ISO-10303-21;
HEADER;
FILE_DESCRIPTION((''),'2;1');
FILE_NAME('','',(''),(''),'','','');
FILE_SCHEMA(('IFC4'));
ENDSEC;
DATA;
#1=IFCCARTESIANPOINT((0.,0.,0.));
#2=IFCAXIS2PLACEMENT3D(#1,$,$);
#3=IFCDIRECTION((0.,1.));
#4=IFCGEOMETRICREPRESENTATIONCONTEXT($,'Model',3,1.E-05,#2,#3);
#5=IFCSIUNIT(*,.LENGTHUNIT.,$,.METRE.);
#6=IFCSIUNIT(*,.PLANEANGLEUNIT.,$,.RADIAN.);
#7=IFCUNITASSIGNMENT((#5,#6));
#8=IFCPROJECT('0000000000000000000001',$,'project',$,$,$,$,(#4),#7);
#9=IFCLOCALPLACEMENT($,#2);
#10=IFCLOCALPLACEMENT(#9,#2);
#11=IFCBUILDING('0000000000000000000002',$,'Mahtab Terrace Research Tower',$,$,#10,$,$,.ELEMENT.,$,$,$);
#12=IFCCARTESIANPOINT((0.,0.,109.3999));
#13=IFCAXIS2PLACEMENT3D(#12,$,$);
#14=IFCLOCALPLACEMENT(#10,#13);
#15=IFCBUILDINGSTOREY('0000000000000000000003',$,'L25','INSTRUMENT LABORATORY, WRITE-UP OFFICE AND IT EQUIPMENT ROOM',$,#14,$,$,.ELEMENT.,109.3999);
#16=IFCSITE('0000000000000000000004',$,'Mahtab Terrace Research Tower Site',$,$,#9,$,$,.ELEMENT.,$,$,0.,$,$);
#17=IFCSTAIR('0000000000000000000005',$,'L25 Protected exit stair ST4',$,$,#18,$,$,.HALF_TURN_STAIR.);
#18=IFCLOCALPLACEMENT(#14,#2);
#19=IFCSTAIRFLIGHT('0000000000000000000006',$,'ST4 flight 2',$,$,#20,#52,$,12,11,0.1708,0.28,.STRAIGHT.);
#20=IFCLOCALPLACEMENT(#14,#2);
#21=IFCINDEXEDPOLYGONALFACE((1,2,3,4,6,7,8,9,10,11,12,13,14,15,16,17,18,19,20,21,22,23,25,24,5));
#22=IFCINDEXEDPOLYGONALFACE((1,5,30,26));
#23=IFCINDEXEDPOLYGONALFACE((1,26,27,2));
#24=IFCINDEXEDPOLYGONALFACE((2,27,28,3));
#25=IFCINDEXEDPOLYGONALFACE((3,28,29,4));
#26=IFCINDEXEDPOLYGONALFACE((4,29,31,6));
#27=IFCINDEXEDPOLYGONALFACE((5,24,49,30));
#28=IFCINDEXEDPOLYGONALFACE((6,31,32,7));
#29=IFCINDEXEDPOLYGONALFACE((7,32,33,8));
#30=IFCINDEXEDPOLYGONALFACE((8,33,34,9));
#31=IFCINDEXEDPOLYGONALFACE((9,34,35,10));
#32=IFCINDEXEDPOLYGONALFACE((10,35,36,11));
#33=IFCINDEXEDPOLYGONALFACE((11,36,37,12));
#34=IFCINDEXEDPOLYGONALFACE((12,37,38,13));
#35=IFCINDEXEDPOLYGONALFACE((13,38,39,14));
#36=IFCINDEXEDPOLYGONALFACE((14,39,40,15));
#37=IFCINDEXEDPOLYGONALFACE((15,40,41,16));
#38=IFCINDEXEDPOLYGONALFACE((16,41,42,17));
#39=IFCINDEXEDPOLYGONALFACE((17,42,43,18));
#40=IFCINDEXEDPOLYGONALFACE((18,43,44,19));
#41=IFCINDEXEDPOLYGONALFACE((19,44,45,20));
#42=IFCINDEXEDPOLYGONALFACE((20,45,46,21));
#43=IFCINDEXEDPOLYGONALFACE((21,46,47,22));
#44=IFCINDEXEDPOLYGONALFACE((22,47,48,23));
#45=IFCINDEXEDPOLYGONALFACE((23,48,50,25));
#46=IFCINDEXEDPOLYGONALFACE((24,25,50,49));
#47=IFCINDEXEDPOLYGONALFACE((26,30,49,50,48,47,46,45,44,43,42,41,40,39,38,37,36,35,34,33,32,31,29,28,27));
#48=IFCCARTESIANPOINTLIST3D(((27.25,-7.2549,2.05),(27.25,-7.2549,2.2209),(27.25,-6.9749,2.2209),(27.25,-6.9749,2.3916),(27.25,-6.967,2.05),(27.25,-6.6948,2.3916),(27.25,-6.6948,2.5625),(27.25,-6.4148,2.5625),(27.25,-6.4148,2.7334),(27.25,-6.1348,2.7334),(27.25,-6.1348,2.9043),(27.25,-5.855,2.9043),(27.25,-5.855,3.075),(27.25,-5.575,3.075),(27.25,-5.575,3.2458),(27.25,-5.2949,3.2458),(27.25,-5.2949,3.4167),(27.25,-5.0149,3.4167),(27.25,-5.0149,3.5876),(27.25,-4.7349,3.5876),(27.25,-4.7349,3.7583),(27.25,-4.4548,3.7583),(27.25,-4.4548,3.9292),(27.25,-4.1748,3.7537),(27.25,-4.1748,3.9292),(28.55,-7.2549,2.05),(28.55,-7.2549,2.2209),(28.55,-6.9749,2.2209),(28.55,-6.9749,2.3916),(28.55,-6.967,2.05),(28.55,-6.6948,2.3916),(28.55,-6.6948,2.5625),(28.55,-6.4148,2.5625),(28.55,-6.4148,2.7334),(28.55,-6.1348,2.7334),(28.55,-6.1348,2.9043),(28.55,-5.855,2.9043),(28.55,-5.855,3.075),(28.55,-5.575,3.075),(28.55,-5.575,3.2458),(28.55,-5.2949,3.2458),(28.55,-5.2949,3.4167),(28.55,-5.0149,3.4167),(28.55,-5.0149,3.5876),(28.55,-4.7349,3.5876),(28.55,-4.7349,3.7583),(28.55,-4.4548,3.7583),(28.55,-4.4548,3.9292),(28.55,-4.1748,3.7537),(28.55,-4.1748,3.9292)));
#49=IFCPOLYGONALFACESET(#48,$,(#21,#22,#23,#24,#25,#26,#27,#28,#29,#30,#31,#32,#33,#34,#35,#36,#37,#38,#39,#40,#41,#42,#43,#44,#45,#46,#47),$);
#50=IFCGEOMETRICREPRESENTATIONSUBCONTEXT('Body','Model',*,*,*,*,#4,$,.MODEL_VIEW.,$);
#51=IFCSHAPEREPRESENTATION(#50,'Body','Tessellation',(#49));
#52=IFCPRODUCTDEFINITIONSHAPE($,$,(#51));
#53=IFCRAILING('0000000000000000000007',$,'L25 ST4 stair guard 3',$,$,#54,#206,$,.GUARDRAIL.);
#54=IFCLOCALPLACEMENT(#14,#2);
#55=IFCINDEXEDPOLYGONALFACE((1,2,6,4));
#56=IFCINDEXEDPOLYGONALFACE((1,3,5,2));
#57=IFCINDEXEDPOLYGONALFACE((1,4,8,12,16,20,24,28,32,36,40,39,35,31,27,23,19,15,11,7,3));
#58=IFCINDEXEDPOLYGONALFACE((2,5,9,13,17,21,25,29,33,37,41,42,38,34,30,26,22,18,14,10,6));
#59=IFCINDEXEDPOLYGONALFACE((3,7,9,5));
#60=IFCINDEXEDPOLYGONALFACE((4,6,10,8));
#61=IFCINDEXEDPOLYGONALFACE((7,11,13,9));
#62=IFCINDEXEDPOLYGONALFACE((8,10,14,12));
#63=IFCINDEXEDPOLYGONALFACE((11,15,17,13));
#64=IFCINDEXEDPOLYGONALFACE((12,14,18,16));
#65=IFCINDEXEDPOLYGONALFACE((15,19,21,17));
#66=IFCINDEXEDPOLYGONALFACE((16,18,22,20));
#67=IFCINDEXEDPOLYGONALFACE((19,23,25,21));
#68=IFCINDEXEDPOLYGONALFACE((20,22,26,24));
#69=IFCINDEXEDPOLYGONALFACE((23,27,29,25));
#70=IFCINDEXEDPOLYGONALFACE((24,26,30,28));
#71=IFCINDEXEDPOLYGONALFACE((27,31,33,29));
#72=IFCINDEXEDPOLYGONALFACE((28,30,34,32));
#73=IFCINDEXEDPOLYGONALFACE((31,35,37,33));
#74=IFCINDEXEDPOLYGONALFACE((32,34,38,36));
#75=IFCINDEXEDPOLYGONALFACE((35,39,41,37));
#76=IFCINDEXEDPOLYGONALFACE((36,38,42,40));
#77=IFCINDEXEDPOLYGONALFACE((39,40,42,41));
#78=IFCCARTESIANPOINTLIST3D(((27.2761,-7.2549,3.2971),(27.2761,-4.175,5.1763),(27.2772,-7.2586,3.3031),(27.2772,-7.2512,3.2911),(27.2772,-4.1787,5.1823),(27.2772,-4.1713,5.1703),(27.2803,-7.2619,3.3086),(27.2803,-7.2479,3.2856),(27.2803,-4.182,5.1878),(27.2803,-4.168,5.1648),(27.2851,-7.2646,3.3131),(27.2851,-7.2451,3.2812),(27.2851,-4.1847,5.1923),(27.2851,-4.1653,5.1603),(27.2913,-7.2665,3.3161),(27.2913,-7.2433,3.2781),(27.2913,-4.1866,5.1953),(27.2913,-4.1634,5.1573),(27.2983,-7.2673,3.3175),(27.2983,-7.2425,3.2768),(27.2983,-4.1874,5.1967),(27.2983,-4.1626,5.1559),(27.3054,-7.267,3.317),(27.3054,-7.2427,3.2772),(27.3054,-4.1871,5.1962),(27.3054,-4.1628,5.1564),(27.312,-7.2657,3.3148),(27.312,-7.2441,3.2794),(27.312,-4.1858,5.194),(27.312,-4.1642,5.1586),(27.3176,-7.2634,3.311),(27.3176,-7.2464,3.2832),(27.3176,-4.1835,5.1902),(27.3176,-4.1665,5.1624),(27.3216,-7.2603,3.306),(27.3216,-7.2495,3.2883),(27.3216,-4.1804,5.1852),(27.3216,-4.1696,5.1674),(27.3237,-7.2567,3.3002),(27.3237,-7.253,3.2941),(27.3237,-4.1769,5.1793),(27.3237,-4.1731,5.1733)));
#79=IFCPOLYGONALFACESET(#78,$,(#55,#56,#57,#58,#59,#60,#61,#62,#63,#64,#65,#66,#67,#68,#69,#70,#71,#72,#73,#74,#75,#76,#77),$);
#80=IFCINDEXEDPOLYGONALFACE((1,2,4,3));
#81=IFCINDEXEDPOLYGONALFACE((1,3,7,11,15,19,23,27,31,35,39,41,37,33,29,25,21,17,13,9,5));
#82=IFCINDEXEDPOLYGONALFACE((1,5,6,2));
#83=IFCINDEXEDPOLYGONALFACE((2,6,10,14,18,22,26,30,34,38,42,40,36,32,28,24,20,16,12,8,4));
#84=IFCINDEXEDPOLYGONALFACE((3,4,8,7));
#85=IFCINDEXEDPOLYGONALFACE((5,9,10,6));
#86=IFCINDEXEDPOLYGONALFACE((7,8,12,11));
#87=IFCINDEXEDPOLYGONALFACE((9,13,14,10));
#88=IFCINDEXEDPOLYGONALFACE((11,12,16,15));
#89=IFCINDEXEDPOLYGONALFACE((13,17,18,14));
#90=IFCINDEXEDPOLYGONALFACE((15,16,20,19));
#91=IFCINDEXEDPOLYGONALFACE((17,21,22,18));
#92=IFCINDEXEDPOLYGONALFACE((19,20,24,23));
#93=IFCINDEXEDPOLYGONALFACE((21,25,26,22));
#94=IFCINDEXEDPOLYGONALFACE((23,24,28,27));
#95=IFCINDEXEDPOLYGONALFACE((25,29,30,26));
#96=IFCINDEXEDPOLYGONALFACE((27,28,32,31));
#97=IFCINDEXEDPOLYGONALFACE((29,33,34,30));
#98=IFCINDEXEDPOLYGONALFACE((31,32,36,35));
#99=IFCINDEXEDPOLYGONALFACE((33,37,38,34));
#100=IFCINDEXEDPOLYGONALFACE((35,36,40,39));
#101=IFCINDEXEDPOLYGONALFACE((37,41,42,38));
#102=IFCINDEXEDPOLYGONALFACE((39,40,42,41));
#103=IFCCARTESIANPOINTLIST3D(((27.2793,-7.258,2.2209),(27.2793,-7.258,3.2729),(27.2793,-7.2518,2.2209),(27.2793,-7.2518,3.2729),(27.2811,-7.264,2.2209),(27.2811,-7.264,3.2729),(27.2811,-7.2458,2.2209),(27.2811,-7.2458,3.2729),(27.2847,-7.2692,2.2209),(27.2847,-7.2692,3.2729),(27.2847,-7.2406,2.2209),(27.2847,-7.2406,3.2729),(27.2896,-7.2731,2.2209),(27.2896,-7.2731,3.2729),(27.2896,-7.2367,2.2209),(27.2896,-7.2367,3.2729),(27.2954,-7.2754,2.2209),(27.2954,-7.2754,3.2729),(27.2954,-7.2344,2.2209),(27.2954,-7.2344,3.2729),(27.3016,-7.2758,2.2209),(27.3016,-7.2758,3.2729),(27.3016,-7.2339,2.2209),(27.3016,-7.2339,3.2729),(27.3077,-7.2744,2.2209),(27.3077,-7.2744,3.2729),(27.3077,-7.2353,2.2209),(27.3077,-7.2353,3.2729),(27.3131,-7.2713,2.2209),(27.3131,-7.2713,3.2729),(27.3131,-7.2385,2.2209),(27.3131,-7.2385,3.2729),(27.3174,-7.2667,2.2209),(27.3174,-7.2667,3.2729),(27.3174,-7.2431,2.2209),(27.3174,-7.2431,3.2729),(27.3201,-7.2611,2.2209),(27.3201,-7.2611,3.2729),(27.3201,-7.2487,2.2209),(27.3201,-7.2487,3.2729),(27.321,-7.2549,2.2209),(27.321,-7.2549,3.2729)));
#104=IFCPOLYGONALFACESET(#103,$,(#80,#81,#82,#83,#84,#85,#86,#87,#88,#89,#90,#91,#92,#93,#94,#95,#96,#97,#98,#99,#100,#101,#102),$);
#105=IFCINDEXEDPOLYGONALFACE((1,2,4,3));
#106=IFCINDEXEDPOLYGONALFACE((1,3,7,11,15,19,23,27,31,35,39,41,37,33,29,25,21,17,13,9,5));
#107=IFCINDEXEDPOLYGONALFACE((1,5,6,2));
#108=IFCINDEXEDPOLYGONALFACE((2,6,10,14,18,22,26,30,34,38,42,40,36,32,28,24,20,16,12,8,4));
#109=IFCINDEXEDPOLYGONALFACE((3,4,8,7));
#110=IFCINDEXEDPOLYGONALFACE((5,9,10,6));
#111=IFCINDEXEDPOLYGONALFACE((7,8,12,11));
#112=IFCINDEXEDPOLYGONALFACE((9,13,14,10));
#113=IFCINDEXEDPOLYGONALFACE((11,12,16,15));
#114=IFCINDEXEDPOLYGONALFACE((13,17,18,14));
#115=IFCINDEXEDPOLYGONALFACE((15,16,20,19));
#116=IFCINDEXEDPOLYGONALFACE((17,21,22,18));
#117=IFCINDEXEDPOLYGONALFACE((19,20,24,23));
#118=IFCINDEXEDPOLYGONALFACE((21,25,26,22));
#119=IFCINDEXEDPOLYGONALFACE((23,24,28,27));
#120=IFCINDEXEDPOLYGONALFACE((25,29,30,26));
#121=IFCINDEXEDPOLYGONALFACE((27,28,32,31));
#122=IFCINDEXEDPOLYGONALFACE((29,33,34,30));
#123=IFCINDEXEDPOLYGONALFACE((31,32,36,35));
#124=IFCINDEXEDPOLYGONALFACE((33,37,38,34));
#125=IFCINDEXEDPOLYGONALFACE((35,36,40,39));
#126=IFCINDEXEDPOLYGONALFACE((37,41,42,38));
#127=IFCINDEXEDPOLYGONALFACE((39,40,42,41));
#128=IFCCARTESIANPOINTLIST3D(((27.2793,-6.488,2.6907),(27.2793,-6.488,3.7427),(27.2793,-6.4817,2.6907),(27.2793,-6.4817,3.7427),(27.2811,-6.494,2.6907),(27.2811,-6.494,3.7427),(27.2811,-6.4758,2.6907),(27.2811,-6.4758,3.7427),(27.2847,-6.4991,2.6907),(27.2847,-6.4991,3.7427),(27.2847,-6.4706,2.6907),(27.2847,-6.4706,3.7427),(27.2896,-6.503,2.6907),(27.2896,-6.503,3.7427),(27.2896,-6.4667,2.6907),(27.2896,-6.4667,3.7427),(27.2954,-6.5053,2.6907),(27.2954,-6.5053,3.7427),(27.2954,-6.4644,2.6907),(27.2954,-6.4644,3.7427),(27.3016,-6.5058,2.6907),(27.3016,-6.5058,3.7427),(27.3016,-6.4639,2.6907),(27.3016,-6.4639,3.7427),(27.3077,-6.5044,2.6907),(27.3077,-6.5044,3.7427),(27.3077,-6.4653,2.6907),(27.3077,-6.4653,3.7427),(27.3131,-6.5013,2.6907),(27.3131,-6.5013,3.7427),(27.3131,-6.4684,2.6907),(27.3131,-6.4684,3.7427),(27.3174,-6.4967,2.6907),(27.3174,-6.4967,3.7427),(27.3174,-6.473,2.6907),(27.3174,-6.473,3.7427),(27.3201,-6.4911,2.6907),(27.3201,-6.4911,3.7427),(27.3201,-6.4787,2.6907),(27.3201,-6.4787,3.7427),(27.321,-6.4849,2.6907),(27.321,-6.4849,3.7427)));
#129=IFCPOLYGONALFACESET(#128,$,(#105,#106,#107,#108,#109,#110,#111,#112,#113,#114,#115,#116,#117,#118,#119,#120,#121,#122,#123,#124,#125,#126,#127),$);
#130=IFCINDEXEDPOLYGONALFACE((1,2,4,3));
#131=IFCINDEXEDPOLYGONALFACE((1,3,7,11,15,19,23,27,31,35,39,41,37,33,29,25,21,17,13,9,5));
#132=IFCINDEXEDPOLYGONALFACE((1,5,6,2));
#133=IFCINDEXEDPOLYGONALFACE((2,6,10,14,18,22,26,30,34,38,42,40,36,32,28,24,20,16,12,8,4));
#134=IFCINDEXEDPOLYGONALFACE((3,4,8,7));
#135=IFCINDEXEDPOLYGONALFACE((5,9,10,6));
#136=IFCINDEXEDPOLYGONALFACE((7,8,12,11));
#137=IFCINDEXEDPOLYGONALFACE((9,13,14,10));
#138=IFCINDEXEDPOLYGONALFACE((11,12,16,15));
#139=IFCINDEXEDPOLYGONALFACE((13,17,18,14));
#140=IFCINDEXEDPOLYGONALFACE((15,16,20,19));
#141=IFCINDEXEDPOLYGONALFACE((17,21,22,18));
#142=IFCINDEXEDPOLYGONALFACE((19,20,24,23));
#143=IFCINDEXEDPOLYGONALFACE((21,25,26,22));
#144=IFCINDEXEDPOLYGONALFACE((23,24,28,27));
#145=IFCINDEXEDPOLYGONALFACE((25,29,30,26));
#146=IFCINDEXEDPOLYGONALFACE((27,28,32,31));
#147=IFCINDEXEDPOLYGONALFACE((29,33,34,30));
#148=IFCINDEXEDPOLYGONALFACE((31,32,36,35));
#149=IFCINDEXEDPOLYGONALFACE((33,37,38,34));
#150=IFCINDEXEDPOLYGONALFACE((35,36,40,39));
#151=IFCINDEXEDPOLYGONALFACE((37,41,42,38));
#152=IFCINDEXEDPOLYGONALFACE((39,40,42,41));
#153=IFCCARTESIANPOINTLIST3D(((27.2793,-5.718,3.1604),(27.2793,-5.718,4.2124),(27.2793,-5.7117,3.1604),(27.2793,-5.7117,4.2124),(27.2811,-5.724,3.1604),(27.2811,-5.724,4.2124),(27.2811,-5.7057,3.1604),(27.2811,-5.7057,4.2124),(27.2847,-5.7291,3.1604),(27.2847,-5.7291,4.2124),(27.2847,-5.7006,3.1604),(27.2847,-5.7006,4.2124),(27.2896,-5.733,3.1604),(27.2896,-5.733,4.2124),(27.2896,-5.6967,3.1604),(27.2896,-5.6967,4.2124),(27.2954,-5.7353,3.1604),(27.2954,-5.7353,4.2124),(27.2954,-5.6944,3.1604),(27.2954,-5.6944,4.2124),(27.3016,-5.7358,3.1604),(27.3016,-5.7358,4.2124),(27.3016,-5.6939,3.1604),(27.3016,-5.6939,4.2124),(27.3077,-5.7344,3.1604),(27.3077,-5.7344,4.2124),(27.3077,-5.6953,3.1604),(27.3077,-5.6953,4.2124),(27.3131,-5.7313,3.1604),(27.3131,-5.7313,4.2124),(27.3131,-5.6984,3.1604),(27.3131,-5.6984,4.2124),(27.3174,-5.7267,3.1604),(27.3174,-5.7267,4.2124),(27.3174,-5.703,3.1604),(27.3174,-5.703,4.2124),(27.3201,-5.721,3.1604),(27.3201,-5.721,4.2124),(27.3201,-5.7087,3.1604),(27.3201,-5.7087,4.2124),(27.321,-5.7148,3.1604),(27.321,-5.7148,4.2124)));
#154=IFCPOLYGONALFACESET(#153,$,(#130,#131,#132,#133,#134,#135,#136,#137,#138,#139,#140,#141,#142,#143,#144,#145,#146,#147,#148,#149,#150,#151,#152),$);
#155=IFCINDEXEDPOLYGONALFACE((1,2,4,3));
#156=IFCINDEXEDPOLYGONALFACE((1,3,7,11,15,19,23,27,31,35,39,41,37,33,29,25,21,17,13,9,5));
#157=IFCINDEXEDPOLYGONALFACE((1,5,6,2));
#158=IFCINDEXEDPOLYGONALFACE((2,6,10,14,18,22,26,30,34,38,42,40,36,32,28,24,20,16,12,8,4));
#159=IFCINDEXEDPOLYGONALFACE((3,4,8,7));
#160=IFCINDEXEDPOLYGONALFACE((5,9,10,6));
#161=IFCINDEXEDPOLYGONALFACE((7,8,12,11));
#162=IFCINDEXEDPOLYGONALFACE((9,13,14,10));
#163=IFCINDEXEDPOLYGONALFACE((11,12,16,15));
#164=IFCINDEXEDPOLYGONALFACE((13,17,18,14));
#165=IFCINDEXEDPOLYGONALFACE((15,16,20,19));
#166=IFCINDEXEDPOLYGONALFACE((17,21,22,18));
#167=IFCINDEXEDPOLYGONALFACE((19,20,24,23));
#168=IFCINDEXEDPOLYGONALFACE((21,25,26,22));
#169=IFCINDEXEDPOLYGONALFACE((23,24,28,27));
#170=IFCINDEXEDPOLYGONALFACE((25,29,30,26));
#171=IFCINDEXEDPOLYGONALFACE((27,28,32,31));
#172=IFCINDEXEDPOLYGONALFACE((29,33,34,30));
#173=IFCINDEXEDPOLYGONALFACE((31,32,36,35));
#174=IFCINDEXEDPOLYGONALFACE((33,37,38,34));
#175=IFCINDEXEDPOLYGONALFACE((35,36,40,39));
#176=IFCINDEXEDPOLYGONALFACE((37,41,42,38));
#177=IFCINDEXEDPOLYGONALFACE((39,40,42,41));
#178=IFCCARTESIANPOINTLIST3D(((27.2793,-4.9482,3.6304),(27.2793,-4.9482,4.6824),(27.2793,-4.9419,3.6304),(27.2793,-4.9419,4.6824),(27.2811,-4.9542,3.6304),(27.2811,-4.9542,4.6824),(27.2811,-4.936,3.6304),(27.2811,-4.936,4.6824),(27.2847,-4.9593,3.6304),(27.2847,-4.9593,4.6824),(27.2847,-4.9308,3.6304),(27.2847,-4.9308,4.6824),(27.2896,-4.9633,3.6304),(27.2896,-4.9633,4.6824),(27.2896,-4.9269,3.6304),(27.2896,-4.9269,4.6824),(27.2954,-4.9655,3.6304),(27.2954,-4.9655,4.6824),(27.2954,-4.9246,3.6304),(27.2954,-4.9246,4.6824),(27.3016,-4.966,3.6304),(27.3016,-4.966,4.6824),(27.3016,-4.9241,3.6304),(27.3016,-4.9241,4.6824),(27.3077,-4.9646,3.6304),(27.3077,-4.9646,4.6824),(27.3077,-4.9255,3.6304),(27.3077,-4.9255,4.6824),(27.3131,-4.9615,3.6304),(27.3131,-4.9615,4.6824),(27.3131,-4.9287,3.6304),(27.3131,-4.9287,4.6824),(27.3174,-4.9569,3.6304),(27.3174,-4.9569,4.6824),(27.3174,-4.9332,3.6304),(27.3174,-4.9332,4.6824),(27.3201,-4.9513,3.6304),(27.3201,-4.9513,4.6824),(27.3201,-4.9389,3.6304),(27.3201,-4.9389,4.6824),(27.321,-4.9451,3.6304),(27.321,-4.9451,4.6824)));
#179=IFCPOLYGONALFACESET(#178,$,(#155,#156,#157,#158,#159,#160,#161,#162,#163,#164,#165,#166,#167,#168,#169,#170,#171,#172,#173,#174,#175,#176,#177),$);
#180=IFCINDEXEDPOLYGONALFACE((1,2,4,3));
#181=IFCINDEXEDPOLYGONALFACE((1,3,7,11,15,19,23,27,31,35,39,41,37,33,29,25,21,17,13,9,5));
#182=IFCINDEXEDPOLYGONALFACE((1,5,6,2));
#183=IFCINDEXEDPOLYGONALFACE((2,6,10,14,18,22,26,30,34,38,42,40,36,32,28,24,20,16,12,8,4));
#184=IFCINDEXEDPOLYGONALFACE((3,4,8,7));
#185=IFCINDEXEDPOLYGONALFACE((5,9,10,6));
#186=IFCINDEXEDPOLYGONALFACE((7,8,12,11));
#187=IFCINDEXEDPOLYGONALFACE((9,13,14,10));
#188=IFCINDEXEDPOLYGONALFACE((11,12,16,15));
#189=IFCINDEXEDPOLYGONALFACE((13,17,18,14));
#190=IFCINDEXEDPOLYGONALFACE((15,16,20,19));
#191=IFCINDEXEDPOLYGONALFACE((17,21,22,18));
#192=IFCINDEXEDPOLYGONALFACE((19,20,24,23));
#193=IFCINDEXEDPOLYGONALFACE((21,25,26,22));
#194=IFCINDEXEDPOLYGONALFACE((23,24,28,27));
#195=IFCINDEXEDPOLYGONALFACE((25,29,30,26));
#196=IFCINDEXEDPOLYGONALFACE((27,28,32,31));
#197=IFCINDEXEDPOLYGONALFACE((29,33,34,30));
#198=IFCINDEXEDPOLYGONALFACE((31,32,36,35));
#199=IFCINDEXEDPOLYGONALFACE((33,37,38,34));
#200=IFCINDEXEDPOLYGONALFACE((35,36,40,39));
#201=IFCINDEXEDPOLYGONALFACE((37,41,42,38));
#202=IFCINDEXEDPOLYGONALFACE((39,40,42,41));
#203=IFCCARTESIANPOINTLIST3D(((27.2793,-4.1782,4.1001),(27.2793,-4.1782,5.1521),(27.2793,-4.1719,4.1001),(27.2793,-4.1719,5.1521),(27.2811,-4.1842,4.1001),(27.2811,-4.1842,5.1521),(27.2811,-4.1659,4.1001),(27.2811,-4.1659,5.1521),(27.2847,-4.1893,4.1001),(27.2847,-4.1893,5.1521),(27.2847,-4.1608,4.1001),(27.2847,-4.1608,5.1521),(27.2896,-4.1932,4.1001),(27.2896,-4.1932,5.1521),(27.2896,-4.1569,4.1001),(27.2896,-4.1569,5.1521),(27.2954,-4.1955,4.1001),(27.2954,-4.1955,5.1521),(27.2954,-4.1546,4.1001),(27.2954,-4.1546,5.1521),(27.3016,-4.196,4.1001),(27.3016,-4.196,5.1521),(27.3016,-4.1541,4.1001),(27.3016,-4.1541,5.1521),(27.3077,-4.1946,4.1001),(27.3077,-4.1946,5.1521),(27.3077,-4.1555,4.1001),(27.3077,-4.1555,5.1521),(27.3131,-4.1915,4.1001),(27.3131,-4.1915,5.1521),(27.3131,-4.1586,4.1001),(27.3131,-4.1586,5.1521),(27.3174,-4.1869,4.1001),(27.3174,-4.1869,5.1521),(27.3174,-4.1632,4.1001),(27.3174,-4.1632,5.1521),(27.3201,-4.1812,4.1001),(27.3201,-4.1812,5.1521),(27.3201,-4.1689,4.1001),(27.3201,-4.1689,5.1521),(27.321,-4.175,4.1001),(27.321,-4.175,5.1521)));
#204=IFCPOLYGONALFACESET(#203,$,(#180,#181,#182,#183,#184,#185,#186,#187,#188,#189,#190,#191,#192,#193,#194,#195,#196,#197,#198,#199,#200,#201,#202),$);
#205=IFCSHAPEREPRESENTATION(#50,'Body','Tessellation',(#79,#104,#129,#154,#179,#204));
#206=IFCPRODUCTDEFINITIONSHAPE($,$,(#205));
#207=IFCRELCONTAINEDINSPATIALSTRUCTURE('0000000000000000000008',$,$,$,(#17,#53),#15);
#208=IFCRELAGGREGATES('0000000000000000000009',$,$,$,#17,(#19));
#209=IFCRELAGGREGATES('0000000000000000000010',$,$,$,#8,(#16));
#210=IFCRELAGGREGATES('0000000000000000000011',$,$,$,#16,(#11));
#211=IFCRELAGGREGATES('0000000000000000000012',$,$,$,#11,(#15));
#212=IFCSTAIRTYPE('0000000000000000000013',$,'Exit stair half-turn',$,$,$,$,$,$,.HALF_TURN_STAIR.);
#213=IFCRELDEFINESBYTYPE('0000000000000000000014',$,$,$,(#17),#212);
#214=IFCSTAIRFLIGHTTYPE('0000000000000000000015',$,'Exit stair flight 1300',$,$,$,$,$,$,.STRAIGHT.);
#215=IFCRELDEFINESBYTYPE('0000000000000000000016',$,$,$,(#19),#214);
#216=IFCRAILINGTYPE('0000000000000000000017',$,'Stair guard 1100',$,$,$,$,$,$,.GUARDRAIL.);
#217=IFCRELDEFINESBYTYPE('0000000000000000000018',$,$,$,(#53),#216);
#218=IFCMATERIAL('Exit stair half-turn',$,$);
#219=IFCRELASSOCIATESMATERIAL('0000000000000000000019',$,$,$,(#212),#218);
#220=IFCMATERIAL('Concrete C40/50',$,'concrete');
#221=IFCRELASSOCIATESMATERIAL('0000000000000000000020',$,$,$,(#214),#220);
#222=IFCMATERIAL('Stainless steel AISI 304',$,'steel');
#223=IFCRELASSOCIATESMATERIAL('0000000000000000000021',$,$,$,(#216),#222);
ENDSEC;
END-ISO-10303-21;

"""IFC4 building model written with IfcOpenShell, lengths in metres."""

from ifc_helpers import new_model, si_unit, direction, frame, origin, origin_2d, place, context, subcontext, project, spatial, polyline, circle, outline, extrude, material, type_object, element, aggregate, save


model = new_model("IFC4")

# Units and contexts
model_context = context("Model", 3, precision=1e-05, world=origin(), true_north=direction((0.0, 1.0)))
body_context = subcontext(model_context, "Body", "Model", "MODEL_VIEW")
ifc_project = project(units=[si_unit("LENGTHUNIT", "METRE"), si_unit("PLANEANGLEUNIT", "RADIAN")], contexts=[model_context])

# Site, building, storey
site_placement = place(None, origin())
site = spatial("IfcSite", under=ifc_project, at=site_placement, Name="Mahtab Terrace Research Tower Site", CompositionType="ELEMENT", RefElevation=0.0)
building_placement = place(site_placement, origin())
building = spatial("IfcBuilding", under=site, at=building_placement, Name="Mahtab Terrace Research Tower", CompositionType="ELEMENT")
storey_placement = place(building_placement, frame((0.0, 0.0, 109.3999)))
storey = spatial("IfcBuildingStorey", under=building, at=storey_placement, Name="L25", Description="INSTRUMENT LABORATORY, WRITE-UP OFFICE AND IT EQUIPMENT ROOM", CompositionType="ELEMENT", Elevation=109.3999)

# Stair, stair flight
ifc_material_1 = material(Name="Exit stair half-turn")
stair_type = type_object("IfcStairType", Name="Exit stair half-turn", PredefinedType="HALF_TURN_STAIR", material=ifc_material_1)
stair_placement = place(storey_placement, origin())
stair = element("IfcStair", 1, at=stair_placement, inside=storey, type_object=stair_type, Name="L25 Protected exit stair ST4", PredefinedType="HALF_TURN_STAIR")
ifc_material_2 = material(Name="Concrete C40/50", Category="concrete")
stair_flight_type = type_object("IfcStairFlightType", Name="Exit stair flight 1300", PredefinedType="STRAIGHT", material=ifc_material_2)
stair_flight_placement = place(storey_placement, frame((27.8999, -7.2549, 2.05), z_axis=(0.0, 0.0, 1.0), x_axis=(0.0, 1.0, 0.0)))
stair_flight = element("IfcStairFlight", 2, at=stair_flight_placement, type_object=stair_flight_type, Name="ST4 flight 2", NumberOfRisers=12, NumberOfTreads=11, PredefinedType="STRAIGHT", RiserHeight=0.1708, TreadLength=0.28, context=body_context, shape_type="SweptSolid", body=[
    extrude(outline(polyline([(0.0, 0.0), (0.0, 0.1709), (0.28, 0.1709), (0.28, 0.3416), (0.5601, 0.3416), (0.5601, 0.5125), (0.8401, 0.5125), (0.8401, 0.6833), (1.1201, 0.6833), (1.1201, 0.8542), (1.3999, 0.8542), (1.3999, 1.0249), (1.6799, 1.0249), (1.6799, 1.1958), (1.96, 1.1958), (1.96, 1.3667), (2.24, 1.3667), (2.24, 1.5376), (2.52, 1.5376), (2.52, 1.7083), (2.8, 1.7083), (2.8, 1.8792), (3.0801, 1.8792), (3.0801, 2.05), (3.0801, 1.7036), (0.2878, 0.0), (0.0, 0.0)])), frame((0.0, 0.6499, 0.0), z_axis=(0.0, -1.0, 0.0), x_axis=(1.0, 0.0, 0.0)), (0.0, 0.0, 1.0), 1.3),
])
aggregate(stair, [stair_flight])

# Railing
ifc_material_3 = material(Name="Stainless steel AISI 304", Category="steel")
railing_type_1 = type_object("IfcRailingType", Name="Stair guard 1100", PredefinedType="GUARDRAIL", material=ifc_material_3)
railing_1_placement = place(storey_placement, frame((27.3, -7.2549, 2.2209)))
element("IfcRailing", 3, at=railing_1_placement, inside=storey, type_object=railing_type_1, Name="L25 ST4 stair guard 3", PredefinedType="GUARDRAIL", context=body_context, shape_type="SweptSolid", body=[
    extrude(circle(Radius=0.0239, at=origin_2d()), frame((0.0, 0.0, 1.0762), z_axis=(0.0, 0.853648, 0.52085), x_axis=(-1.0, 0.0, 0.0)), (0.0, 0.0, 1.0), 3.6079),
    extrude(circle(Radius=0.021, at=origin_2d()), origin(), (0.0, 0.0, 1.0), 1.052),
    extrude(circle(Radius=0.021, at=origin_2d()), frame((0.0, 0.77, 0.4697)), (0.0, 0.0, 1.0), 1.052),
    extrude(circle(Radius=0.021, at=origin_2d()), frame((0.0, 1.54, 0.9395)), (0.0, 0.0, 1.0), 1.052),
    extrude(circle(Radius=0.021, at=origin_2d()), frame((0.0, 2.3098, 1.4094)), (0.0, 0.0, 1.0), 1.052),
    extrude(circle(Radius=0.021, at=origin_2d()), frame((0.0, 3.0798, 1.8792)), (0.0, 0.0, 1.0), 1.052),
])

save(model, "model.ifc")
